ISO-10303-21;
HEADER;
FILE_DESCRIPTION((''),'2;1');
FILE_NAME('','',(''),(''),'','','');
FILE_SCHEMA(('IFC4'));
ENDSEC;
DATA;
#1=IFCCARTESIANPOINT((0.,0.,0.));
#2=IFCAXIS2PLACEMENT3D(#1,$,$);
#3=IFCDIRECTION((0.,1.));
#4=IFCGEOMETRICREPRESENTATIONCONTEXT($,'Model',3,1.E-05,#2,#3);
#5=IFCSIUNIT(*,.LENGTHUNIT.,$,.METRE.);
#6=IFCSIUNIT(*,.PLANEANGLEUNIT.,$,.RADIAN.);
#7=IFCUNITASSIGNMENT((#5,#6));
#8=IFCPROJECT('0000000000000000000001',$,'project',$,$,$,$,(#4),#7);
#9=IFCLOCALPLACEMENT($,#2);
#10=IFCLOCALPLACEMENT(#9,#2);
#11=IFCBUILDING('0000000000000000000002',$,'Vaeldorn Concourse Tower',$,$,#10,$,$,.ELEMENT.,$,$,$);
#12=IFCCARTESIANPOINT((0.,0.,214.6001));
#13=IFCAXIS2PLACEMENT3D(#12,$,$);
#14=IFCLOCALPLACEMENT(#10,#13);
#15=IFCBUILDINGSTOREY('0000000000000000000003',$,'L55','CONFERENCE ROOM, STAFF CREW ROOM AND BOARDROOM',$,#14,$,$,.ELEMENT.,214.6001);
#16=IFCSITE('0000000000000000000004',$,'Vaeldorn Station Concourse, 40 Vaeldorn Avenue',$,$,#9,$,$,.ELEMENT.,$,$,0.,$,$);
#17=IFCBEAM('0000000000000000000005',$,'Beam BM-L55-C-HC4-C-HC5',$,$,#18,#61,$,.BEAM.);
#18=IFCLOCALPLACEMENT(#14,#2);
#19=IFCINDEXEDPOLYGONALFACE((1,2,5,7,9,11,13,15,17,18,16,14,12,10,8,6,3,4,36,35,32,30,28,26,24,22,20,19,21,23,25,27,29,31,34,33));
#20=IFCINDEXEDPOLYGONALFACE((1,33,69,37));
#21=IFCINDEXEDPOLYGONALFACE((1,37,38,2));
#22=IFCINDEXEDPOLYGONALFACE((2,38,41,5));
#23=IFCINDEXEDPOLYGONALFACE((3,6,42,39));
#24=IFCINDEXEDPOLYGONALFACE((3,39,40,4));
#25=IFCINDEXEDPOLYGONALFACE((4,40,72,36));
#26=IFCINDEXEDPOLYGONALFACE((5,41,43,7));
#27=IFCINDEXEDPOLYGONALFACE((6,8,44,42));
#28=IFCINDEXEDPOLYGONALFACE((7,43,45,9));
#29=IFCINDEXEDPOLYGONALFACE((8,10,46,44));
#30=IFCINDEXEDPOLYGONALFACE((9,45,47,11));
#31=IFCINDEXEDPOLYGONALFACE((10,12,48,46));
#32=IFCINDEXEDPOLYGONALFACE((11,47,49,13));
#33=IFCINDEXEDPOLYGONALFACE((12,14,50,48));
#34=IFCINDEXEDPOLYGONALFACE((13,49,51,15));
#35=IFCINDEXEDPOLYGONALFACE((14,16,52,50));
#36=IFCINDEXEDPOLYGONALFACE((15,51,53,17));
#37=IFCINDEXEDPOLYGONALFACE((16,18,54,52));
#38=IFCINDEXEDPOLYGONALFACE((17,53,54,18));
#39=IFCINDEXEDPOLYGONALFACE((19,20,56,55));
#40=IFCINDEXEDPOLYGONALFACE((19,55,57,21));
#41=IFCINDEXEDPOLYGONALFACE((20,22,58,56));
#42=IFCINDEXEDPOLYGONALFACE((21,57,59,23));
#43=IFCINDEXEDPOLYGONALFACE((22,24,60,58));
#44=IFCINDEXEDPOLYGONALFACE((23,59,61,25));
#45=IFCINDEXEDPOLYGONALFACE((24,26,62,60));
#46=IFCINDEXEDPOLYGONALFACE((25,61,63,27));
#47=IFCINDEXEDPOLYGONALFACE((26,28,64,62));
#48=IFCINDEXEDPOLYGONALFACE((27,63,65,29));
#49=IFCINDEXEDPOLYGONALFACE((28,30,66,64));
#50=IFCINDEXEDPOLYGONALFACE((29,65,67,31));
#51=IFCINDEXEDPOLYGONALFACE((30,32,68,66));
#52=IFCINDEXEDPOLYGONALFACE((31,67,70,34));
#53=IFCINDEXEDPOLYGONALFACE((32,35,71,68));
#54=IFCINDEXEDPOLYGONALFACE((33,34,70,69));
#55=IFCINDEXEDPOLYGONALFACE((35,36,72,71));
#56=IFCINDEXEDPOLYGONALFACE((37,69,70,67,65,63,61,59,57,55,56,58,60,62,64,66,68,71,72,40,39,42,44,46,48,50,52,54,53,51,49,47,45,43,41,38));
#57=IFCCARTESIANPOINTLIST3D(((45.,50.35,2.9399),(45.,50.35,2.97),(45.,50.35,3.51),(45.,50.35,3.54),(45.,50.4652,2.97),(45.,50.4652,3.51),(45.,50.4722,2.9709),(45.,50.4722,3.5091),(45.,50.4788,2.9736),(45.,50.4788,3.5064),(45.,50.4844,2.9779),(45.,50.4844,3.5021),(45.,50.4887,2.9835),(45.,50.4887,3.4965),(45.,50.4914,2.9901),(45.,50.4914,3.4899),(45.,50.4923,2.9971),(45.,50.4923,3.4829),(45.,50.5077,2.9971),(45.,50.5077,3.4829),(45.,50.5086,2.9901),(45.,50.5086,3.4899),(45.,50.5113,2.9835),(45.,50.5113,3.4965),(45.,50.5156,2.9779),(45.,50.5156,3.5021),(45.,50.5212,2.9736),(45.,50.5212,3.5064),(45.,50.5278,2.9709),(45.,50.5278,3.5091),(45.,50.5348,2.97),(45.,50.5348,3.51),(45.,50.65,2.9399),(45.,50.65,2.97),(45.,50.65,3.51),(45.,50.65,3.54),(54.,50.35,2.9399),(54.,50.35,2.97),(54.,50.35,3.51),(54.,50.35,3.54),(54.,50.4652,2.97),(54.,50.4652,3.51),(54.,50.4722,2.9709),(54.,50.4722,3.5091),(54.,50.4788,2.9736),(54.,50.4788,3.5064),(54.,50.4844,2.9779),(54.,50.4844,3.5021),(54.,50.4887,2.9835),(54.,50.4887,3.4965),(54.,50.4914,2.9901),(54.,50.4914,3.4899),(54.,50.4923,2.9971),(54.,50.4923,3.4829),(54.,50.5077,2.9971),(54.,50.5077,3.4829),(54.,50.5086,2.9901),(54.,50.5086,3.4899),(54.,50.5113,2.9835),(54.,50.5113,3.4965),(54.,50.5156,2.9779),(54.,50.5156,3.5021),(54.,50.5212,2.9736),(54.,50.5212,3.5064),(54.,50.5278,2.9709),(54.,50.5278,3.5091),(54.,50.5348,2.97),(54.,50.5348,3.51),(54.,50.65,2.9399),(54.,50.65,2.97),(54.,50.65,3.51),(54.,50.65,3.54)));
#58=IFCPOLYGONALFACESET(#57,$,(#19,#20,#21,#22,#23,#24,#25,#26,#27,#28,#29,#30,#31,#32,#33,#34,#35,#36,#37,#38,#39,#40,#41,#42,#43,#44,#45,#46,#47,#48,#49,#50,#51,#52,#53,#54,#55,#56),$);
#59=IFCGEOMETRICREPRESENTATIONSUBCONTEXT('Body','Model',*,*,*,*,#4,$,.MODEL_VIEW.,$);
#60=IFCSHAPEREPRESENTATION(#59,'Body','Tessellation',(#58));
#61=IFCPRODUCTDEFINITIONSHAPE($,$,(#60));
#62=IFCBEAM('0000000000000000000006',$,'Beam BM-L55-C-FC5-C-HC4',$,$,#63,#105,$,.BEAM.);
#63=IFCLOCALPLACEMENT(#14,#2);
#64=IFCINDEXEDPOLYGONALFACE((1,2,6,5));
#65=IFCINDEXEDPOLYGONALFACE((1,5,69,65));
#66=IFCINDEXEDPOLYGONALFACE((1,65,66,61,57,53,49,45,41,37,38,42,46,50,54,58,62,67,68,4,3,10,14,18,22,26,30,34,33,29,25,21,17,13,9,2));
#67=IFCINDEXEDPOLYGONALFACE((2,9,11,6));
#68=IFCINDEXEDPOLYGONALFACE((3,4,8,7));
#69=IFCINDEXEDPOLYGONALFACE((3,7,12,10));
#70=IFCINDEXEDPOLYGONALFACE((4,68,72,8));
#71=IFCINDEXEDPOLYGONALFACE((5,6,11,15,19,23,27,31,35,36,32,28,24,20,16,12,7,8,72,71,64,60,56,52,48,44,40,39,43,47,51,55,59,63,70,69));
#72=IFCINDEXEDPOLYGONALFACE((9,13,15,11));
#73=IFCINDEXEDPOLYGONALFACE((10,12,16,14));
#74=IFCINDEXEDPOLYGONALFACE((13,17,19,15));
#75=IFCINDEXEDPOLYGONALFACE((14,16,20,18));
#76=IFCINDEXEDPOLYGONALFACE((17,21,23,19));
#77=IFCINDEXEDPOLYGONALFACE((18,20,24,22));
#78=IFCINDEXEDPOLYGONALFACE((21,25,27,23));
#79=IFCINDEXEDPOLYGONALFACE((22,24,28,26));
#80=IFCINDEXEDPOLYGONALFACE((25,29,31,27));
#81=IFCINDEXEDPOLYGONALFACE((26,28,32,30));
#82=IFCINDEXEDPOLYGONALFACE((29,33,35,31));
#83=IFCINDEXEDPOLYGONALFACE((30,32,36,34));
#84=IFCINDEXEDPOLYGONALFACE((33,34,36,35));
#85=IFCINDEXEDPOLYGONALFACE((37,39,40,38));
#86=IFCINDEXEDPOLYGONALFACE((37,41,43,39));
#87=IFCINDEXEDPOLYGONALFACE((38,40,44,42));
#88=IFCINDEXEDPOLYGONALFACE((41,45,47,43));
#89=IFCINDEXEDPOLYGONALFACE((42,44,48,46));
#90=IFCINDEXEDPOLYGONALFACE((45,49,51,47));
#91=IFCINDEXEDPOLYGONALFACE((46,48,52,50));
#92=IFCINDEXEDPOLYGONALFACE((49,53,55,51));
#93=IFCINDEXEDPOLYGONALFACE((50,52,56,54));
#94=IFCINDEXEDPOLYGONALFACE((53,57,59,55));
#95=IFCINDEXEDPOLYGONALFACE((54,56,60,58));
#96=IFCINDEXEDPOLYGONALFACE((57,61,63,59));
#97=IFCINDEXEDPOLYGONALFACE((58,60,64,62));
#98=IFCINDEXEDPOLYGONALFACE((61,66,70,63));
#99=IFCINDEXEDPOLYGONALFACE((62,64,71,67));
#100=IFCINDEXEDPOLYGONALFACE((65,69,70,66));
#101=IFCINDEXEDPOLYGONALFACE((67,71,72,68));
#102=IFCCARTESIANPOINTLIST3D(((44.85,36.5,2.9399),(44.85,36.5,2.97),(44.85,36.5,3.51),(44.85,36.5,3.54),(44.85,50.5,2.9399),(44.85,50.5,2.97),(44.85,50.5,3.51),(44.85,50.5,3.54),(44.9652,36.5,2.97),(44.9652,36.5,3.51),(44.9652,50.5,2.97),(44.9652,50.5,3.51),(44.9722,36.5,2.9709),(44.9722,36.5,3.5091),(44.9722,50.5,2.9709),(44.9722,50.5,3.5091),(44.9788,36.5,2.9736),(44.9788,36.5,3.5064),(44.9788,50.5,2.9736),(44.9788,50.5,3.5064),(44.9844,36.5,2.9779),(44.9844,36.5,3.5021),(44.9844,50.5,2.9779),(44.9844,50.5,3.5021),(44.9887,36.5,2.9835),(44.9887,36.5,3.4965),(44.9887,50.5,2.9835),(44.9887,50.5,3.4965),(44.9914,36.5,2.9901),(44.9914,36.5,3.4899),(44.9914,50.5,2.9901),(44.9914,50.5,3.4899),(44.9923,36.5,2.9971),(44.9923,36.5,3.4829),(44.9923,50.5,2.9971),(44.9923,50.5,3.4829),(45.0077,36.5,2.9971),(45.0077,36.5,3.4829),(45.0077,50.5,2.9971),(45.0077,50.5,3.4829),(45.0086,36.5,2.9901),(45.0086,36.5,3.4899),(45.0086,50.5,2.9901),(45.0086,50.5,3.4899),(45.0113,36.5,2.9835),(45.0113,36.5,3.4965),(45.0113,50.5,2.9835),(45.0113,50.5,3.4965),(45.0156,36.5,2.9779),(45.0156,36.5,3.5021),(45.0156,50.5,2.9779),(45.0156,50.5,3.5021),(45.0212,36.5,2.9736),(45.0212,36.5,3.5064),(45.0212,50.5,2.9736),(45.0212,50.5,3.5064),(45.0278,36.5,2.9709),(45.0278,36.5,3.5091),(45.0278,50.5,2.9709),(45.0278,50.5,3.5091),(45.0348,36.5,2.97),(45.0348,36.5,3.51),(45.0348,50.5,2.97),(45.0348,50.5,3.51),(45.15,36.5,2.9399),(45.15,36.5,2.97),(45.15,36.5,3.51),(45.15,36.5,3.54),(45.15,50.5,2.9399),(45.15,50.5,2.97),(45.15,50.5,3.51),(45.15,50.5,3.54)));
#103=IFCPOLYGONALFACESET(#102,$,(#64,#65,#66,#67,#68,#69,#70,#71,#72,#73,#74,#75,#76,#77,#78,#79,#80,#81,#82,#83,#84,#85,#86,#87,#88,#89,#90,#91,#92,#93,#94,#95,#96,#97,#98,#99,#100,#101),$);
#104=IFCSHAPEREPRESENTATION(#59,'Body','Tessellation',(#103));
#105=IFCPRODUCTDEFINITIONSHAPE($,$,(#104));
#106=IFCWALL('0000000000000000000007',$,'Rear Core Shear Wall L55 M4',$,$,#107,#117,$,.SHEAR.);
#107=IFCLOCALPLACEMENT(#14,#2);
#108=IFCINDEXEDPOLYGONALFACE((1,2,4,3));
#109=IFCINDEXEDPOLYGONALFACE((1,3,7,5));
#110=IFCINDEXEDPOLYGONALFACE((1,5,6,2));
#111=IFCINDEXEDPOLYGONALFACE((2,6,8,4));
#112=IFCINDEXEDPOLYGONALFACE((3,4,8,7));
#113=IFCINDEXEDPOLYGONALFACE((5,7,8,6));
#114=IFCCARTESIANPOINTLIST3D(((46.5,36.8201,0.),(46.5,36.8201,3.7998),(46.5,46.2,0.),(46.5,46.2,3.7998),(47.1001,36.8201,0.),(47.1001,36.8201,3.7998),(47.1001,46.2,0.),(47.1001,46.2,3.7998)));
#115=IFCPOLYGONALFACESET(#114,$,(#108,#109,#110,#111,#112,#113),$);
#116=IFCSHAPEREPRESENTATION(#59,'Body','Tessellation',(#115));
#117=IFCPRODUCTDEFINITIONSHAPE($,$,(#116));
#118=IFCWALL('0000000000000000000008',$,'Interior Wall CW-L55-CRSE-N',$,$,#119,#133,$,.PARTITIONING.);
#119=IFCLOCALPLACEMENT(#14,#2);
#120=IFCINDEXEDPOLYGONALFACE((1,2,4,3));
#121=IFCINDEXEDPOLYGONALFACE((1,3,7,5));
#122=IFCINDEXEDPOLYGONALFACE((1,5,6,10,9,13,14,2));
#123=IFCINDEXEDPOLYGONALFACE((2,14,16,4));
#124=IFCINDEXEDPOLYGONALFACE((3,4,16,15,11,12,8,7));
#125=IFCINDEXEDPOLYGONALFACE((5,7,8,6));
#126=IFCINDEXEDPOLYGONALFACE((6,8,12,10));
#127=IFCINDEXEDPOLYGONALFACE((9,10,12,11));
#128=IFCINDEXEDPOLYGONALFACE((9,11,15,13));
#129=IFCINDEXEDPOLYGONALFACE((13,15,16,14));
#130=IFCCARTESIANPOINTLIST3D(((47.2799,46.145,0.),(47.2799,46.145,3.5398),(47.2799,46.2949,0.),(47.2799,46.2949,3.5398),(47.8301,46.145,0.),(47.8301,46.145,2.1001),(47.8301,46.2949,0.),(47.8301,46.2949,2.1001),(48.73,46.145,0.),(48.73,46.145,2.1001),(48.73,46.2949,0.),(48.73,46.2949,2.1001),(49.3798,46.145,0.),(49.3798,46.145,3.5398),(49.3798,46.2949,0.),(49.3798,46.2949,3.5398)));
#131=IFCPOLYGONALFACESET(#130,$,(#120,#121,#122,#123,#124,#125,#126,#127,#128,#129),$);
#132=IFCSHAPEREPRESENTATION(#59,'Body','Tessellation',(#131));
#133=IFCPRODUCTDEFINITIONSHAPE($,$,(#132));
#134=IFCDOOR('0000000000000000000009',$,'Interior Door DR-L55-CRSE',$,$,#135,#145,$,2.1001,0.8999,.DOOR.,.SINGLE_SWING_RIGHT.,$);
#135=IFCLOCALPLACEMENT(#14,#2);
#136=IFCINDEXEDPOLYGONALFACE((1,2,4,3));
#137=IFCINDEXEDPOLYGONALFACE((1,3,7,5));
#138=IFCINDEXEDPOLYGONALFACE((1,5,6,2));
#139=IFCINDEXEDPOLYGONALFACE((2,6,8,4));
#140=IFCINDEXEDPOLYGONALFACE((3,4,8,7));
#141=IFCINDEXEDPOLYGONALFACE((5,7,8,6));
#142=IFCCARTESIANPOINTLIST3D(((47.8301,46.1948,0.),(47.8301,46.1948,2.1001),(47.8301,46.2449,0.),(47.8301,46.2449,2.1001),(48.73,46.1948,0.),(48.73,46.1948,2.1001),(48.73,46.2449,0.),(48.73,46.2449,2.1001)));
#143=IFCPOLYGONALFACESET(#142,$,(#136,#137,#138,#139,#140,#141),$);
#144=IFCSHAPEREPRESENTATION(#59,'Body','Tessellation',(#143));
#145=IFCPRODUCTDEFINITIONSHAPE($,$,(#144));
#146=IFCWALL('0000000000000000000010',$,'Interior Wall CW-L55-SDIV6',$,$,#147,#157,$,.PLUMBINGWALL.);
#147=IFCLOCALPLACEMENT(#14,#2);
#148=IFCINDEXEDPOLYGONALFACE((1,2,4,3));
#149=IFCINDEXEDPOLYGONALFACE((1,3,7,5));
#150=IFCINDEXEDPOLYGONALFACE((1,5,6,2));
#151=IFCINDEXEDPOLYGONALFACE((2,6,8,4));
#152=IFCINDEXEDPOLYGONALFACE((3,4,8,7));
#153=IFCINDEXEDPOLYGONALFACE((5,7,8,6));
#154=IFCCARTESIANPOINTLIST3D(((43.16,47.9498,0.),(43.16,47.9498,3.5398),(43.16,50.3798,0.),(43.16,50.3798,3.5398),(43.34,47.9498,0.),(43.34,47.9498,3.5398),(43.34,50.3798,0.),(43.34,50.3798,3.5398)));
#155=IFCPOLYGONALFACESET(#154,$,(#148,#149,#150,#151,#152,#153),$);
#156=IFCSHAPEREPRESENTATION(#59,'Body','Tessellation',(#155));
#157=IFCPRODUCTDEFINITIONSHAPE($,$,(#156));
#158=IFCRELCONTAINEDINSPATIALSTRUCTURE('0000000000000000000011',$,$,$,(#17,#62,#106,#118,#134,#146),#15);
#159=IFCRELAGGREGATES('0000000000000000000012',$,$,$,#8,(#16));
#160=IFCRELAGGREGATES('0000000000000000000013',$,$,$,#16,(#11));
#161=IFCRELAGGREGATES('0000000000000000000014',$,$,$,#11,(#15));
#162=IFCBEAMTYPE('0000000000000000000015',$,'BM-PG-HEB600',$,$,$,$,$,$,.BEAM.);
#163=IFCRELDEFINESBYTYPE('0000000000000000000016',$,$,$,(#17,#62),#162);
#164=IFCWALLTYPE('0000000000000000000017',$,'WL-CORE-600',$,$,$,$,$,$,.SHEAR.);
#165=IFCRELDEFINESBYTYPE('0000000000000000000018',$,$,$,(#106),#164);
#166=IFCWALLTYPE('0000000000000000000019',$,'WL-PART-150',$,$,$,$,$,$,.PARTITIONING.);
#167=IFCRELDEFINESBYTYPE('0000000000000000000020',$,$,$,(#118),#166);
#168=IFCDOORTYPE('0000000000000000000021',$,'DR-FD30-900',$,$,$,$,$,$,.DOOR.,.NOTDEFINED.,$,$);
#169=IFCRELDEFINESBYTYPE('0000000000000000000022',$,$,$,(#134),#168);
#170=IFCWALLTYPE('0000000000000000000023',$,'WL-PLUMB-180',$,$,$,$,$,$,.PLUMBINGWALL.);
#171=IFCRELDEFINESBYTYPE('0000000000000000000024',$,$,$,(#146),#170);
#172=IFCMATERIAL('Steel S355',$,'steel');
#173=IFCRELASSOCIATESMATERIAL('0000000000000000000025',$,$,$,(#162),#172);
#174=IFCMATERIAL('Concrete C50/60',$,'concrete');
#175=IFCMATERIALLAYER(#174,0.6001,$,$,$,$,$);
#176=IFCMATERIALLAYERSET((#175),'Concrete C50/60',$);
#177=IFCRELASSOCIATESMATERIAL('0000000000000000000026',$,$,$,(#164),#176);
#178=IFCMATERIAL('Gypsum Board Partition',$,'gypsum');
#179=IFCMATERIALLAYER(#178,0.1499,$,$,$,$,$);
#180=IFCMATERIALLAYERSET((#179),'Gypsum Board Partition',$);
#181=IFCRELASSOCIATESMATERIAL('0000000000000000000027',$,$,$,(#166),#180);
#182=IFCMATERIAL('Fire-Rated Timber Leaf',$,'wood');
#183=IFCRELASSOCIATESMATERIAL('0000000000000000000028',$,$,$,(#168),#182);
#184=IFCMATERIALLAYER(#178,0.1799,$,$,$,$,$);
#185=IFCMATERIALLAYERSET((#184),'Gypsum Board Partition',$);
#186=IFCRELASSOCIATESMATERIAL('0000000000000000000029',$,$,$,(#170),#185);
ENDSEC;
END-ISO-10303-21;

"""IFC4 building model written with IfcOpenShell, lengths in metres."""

from ifc_helpers import new_model, si_unit, direction, frame, frame_2d, origin, origin_2d, place, context, subcontext, project, spatial, rectangle, i_section, extrude, source, transform, mapped, material, layer, layer_set, material_profile, profile_set, type_object, element, fill, save


model = new_model("IFC4")

# Units and contexts
model_context = context("Model", 3, precision=1e-05, world=origin(), true_north=direction((0.0, 1.0)))
body_context = subcontext(model_context, "Body", "Model", "MODEL_VIEW")
ifc_project = project(units=[si_unit("LENGTHUNIT", "METRE"), si_unit("PLANEANGLEUNIT", "RADIAN")], contexts=[model_context])

# Site, building, storey
site_placement = place(None, origin())
site = spatial("IfcSite", under=ifc_project, at=site_placement, Name="Vaeldorn Station Concourse, 40 Vaeldorn Avenue", CompositionType="ELEMENT", RefElevation=0.0)
building_placement = place(site_placement, origin())
building = spatial("IfcBuilding", under=site, at=building_placement, Name="Vaeldorn Concourse Tower", CompositionType="ELEMENT")
storey_placement = place(building_placement, frame((0.0, 0.0, 214.6001)))
storey = spatial("IfcBuildingStorey", under=building, at=storey_placement, Name="L55", Description="CONFERENCE ROOM, STAFF CREW ROOM AND BOARDROOM", CompositionType="ELEMENT", Elevation=214.6001)

# Beams
ifc_material_1 = material(Name="Concrete C50/60", Category="concrete")
ifc_material_2 = material(Name="Steel S355", Category="steel")
ifc_material_profile_1 = material_profile(ifc_material_2, i_section(OverallWidth=0.3, OverallDepth=0.6001, WebThickness=0.0154, FlangeThickness=0.03, FilletRadius=0.0271, at=origin_2d()), Name="HEB 600")
ifc_profile_set_1 = profile_set([ifc_material_profile_1], Name="Steel S355")
beam_type_1 = type_object("IfcBeamType", Name="BM-PG-HEB600", PredefinedType="BEAM", material=ifc_profile_set_1)
shared_shape_1 = source(origin(), body_context, "Body", "SweptSolid", [
    extrude(i_section(OverallWidth=0.3, OverallDepth=0.6001, WebThickness=0.0154, FlangeThickness=0.03, FilletRadius=0.0271, at=origin_2d()), origin(), (0.0, 0.0, 1.0), 9.0),
])
beam_1_placement = place(storey_placement, frame((45.0, 50.5, 3.24), z_axis=(1.0, 0.0, 0.0), x_axis=(0.0, 1.0, 0.0)))
element("IfcBeam", 1, at=beam_1_placement, inside=storey, type_object=beam_type_1, Name="Beam BM-L55-C-HC4-C-HC5", PredefinedType="BEAM", context=body_context, shape_type="MappedRepresentation", body=[
    mapped(shared_shape_1, transform((0.0, 0.0, 0.0), scale=1.0)),
])
shared_shape_2 = source(origin(), body_context, "Body", "SweptSolid", [
    extrude(i_section(OverallWidth=0.3, OverallDepth=0.6001, WebThickness=0.0154, FlangeThickness=0.03, FilletRadius=0.0271, at=origin_2d()), origin(), (0.0, 0.0, 1.0), 14.0),
])
beam_2_placement = place(storey_placement, frame((45.0, 36.5, 3.24), z_axis=(0.0, 1.0, 0.0), x_axis=(-1.0, 0.0, 0.0)))
element("IfcBeam", 2, at=beam_2_placement, inside=storey, type_object=beam_type_1, Name="Beam BM-L55-C-FC5-C-HC4", PredefinedType="BEAM", context=body_context, shape_type="MappedRepresentation", body=[
    mapped(shared_shape_2, transform((0.0, 0.0, 0.0), scale=1.0)),
])

# Wall
ifc_layer_1 = layer(ifc_material_1, 0.6001)
ifc_layer_set_1 = layer_set([ifc_layer_1], Name="Concrete C50/60")
wall_type_1 = type_object("IfcWallType", Name="WL-CORE-600", PredefinedType="SHEAR", material=ifc_layer_set_1)
wall_1_placement = place(storey_placement, frame((46.8, 36.8201, 0.0), z_axis=(0.0, 0.0, 1.0), x_axis=(0.0, 1.0, 0.0)))
element("IfcWall", 3, at=wall_1_placement, inside=storey, type_object=wall_type_1, Name="Rear Core Shear Wall L55 M4", PredefinedType="SHEAR", context=body_context, shape_type="SweptSolid", body=[
    extrude(rectangle(XDim=9.3799, YDim=0.6001, at=frame_2d((4.6899, 0.0))), origin(), (0.0, 0.0, 1.0), 3.7998),
])

# Wall, opening, door
ifc_material_3 = material(Name="Gypsum Board Partition", Category="gypsum")
ifc_layer_2 = layer(ifc_material_3, 0.1499)
ifc_layer_set_2 = layer_set([ifc_layer_2], Name="Gypsum Board Partition")
wall_type_2 = type_object("IfcWallType", Name="WL-PART-150", PredefinedType="PARTITIONING", material=ifc_layer_set_2)
wall_2_placement = place(storey_placement, frame((47.28, 46.22, 0.0), z_axis=(0.0, 0.0, 1.0), x_axis=(1.0, 0.0, 0.0)))
wall_2 = element("IfcWall", 4, at=wall_2_placement, inside=storey, type_object=wall_type_2, Name="Interior Wall CW-L55-CRSE-N", PredefinedType="PARTITIONING", context=body_context, shape_type="SweptSolid", body=[
    extrude(rectangle(XDim=2.0999, YDim=0.1499, at=frame_2d((1.0498, 0.0))), origin(), (0.0, 0.0, 1.0), 3.5398),
])
opening_1_placement = place(wall_2_placement, frame((0.55, 0.0, 0.0)))
opening_1 = element("IfcOpeningElement", 5, at=opening_1_placement, cuts=wall_2, PredefinedType="OPENING", context=body_context, shape_type="SweptSolid", body=[
    extrude(rectangle(XDim=0.8999, YDim=2.1001, at=frame_2d((0.45, 1.05))), frame((0.0, 0.085, 0.0), z_axis=(0.0, -1.0, 0.0), x_axis=(1.0, 0.0, 0.0)), (0.0, 0.0, 1.0), 0.1699),
])
ifc_material_4 = material(Name="Fire-Rated Timber Leaf", Category="wood")
door_type_1 = type_object("IfcDoorType", Name="DR-FD30-900", OperationType="NOTDEFINED", PredefinedType="DOOR", material=ifc_material_4)
shared_shape_3 = source(origin(), body_context, "Body", "SweptSolid", [
    extrude(rectangle(XDim=0.8999, YDim=2.1001, at=frame_2d((0.45, 1.05))), frame((0.0, 0.0249, 0.0), z_axis=(0.0, -1.0, 0.0), x_axis=(1.0, 0.0, 0.0)), (0.0, 0.0, 1.0), 0.05),
])
door_1_placement = place(opening_1_placement, origin())
door_1 = element("IfcDoor", 6, at=door_1_placement, inside=storey, type_object=door_type_1, Name="Interior Door DR-L55-CRSE", OperationType="SINGLE_SWING_RIGHT", OverallHeight=2.1001, OverallWidth=0.8999, PredefinedType="DOOR", context=body_context, shape_type="MappedRepresentation", body=[
    mapped(shared_shape_3, transform((0.0, 0.0, 0.0), scale=1.0)),
])
fill(opening_1, door_1)

# Wall
ifc_layer_3 = layer(ifc_material_3, 0.1799)
ifc_layer_set_3 = layer_set([ifc_layer_3], Name="Gypsum Board Partition")
wall_type_3 = type_object("IfcWallType", Name="WL-PLUMB-180", PredefinedType="PLUMBINGWALL", material=ifc_layer_set_3)
wall_3_placement = place(storey_placement, frame((43.25, 47.95, 0.0), z_axis=(0.0, 0.0, 1.0), x_axis=(0.0, 1.0, 0.0)))
element("IfcWall", 7, at=wall_3_placement, inside=storey, type_object=wall_type_3, Name="Interior Wall CW-L55-SDIV6", PredefinedType="PLUMBINGWALL", context=body_context, shape_type="SweptSolid", body=[
    extrude(rectangle(XDim=2.4299, YDim=0.1799, at=frame_2d((1.2148, 0.0))), origin(), (0.0, 0.0, 1.0), 3.5398),
])

save(model, "model.ifc")
